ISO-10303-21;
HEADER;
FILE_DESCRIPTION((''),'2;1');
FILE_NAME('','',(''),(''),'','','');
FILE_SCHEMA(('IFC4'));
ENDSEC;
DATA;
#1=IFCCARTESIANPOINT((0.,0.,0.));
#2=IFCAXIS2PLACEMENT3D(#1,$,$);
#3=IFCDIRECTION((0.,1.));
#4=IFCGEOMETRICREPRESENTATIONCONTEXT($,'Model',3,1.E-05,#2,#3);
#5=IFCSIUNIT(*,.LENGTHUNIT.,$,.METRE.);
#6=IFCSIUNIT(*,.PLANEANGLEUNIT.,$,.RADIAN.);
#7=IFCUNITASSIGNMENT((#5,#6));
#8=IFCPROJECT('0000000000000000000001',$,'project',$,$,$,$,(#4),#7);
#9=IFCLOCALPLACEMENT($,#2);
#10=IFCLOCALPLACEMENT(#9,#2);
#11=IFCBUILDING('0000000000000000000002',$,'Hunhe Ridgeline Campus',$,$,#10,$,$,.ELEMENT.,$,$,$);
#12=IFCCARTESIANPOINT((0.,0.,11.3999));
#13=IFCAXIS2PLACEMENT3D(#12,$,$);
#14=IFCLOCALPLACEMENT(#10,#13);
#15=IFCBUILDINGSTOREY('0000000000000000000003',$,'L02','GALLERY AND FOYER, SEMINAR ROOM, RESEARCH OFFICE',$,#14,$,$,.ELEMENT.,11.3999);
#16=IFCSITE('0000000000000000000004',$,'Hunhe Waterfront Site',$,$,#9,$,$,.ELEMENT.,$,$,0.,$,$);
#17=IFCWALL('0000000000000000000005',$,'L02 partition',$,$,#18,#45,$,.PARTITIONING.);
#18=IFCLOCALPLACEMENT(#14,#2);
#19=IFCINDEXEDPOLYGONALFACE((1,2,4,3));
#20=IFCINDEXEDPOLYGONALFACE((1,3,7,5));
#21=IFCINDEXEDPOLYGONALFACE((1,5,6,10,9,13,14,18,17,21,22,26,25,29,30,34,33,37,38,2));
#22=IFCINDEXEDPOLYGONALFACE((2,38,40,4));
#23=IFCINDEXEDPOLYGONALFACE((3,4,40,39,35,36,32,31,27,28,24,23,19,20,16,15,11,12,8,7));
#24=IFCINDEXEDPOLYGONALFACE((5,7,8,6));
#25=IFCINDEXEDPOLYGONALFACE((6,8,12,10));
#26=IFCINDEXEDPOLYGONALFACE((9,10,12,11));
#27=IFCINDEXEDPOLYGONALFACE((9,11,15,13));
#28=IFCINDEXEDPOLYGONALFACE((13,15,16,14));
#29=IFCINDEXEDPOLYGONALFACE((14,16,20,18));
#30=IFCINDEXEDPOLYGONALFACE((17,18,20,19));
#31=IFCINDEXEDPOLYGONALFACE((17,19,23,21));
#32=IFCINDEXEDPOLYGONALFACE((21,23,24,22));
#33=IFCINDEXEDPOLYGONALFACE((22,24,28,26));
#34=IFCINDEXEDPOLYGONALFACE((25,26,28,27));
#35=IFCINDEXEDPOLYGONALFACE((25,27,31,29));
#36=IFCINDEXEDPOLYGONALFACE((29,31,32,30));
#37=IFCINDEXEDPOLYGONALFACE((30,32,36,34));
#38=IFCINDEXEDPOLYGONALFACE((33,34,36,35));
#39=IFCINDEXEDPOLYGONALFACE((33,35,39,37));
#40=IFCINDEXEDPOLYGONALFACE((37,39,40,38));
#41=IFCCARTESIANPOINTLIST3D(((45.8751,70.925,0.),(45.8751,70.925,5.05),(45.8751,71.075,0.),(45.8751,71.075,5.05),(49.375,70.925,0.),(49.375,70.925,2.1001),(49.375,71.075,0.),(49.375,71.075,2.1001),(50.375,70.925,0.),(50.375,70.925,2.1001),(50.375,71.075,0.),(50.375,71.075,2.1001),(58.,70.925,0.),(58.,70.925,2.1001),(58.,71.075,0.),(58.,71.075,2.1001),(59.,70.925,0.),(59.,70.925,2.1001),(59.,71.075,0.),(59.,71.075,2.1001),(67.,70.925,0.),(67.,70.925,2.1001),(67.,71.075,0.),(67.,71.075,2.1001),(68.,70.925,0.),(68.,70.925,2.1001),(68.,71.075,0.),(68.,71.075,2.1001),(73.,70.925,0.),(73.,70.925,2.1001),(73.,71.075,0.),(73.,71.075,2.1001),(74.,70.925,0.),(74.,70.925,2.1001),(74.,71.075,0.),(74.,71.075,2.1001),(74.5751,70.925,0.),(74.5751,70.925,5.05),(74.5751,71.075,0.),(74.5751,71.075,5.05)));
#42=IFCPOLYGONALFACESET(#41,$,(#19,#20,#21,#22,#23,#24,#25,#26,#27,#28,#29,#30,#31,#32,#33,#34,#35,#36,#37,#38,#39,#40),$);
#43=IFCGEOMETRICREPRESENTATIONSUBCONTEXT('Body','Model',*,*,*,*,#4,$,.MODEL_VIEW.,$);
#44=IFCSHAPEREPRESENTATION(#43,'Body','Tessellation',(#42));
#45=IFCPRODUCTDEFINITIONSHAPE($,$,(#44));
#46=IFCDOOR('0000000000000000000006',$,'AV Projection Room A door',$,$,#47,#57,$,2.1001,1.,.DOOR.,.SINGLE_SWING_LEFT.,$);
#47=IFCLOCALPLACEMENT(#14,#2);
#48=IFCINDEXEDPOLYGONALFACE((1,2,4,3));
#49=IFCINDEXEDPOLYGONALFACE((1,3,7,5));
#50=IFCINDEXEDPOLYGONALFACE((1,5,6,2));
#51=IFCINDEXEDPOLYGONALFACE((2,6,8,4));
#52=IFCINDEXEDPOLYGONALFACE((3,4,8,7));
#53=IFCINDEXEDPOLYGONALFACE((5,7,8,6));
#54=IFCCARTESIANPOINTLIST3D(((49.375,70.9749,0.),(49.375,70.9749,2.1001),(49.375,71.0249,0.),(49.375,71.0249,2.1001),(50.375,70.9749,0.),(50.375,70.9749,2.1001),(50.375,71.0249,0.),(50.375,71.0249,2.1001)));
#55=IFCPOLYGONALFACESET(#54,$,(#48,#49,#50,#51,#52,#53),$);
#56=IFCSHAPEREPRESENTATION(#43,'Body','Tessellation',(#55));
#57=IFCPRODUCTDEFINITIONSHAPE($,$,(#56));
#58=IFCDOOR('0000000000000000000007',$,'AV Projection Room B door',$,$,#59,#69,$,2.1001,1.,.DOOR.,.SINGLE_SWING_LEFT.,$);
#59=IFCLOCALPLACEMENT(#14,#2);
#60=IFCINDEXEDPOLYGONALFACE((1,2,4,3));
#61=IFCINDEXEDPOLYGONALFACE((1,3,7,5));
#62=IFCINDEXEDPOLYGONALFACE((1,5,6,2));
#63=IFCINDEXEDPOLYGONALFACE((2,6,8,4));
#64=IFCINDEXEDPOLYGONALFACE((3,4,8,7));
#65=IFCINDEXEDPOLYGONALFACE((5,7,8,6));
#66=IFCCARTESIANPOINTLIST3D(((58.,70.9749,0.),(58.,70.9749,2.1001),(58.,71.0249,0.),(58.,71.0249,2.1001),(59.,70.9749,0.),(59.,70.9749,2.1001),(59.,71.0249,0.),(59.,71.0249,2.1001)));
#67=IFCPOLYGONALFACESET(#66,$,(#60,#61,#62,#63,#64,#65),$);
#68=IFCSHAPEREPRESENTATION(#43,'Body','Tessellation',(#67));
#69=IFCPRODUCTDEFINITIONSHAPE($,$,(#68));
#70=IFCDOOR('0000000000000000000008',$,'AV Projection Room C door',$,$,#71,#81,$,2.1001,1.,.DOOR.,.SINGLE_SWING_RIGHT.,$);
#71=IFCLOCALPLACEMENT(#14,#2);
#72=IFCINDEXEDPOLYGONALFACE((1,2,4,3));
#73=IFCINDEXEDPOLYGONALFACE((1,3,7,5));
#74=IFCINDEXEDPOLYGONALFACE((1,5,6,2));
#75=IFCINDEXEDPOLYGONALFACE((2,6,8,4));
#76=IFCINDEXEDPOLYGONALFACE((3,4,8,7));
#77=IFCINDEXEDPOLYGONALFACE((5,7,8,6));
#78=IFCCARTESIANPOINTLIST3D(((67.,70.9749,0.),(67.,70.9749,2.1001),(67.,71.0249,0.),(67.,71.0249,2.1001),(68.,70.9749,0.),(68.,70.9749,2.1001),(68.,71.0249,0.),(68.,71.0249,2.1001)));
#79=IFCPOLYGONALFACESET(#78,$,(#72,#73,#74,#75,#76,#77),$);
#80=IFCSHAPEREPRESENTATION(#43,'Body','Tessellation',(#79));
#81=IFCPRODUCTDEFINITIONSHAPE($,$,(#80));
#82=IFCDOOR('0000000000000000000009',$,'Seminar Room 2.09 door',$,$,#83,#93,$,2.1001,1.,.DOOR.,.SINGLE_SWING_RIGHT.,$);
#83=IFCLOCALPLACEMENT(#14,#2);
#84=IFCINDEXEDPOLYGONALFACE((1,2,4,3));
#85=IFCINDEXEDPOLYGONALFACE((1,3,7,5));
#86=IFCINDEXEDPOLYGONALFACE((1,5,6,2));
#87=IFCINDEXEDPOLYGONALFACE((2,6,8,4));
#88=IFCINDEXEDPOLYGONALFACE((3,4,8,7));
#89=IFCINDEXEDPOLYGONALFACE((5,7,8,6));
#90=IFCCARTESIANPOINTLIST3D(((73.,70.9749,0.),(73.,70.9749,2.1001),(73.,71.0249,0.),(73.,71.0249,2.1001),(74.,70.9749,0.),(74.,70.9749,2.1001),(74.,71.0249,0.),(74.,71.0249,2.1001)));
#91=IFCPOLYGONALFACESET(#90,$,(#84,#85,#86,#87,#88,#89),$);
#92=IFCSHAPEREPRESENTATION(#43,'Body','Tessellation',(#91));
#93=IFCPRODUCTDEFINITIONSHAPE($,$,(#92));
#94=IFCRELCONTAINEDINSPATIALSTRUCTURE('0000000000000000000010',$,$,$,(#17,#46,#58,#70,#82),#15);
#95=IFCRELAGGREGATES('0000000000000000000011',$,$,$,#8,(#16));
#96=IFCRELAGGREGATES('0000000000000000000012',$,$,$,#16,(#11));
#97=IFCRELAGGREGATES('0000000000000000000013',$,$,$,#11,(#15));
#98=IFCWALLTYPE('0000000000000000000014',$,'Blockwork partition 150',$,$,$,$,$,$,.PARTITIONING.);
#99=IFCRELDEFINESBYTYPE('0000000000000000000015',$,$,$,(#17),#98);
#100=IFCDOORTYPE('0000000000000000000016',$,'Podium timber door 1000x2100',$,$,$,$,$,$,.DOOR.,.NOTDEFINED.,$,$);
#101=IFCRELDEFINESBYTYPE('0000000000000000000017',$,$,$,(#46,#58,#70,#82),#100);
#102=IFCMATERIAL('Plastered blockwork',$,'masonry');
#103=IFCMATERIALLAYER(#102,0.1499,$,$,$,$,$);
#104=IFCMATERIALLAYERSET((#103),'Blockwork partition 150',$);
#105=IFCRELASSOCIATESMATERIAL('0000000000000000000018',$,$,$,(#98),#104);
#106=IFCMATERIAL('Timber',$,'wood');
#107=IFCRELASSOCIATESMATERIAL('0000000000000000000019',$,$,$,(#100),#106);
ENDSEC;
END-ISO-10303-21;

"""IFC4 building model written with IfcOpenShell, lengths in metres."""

from ifc_helpers import new_model, si_unit, direction, frame, frame_2d, origin, place, context, subcontext, project, spatial, rectangle, extrude, material, layer, layer_set, type_object, element, fill, save


model = new_model("IFC4")

# Units and contexts
model_context = context("Model", 3, precision=1e-05, world=origin(), true_north=direction((0.0, 1.0)))
body_context = subcontext(model_context, "Body", "Model", "MODEL_VIEW")
ifc_project = project(units=[si_unit("LENGTHUNIT", "METRE"), si_unit("PLANEANGLEUNIT", "RADIAN")], contexts=[model_context])

# Site, building, storey
site_placement = place(None, origin())
site = spatial("IfcSite", under=ifc_project, at=site_placement, Name="Hunhe Waterfront Site", CompositionType="ELEMENT", RefElevation=0.0)
building_placement = place(site_placement, origin())
building = spatial("IfcBuilding", under=site, at=building_placement, Name="Hunhe Ridgeline Campus", CompositionType="ELEMENT")
storey_placement = place(building_placement, frame((0.0, 0.0, 11.3999)))
storey = spatial("IfcBuildingStorey", under=building, at=storey_placement, Name="L02", Description="GALLERY AND FOYER, SEMINAR ROOM, RESEARCH OFFICE", CompositionType="ELEMENT", Elevation=11.3999)

# Shared definitions
ifc_material_1 = material(Name="Plastered blockwork", Category="masonry")
ifc_layer = layer(ifc_material_1, 0.1499)
ifc_layer_set = layer_set([ifc_layer], Name="Blockwork partition 150")
wall_type = type_object("IfcWallType", Name="Blockwork partition 150", PredefinedType="PARTITIONING", material=ifc_layer_set)

# Shared definitions
ifc_material_2 = material(Name="Timber", Category="wood")
door_type = type_object("IfcDoorType", Name="Podium timber door 1000x2100", OperationType="NOTDEFINED", PredefinedType="DOOR", material=ifc_material_2)

# Wall, openings, doors
wall_1_placement = place(storey_placement, frame((45.875, 71.0, 0.0), z_axis=(0.0, 0.0, 1.0), x_axis=(1.0, 0.0, 0.0)))
wall_1 = element("IfcWall", 1, at=wall_1_placement, inside=storey, type_object=wall_type, Name="L02 partition", PredefinedType="PARTITIONING", context=body_context, shape_type="SweptSolid", body=[
    extrude(rectangle(XDim=28.7, YDim=0.1499, at=frame_2d((14.3501, 0.0))), origin(), (0.0, 0.0, 1.0), 5.05),
])
opening_1_placement = place(wall_1_placement, frame((3.5, 0.0, 0.0)))
opening_1 = element("IfcOpeningElement", 2, at=opening_1_placement, cuts=wall_1, PredefinedType="OPENING", context=body_context, shape_type="SweptSolid", body=[
    extrude(rectangle(XDim=1.0, YDim=2.1001, at=frame_2d((0.5, 1.05))), frame((0.0, 0.075, 0.0), z_axis=(0.0, -1.0, 0.0), x_axis=(1.0, 0.0, 0.0)), (0.0, 0.0, 1.0), 0.1499),
])
opening_2_placement = place(wall_1_placement, frame((12.125, 0.0, 0.0)))
opening_2 = element("IfcOpeningElement", 3, at=opening_2_placement, cuts=wall_1, PredefinedType="OPENING", context=body_context, shape_type="SweptSolid", body=[
    extrude(rectangle(XDim=1.0, YDim=2.1001, at=frame_2d((0.5, 1.05))), frame((0.0, 0.075, 0.0), z_axis=(0.0, -1.0, 0.0), x_axis=(1.0, 0.0, 0.0)), (0.0, 0.0, 1.0), 0.1499),
])
opening_3_placement = place(wall_1_placement, frame((21.125, 0.0, 0.0)))
opening_3 = element("IfcOpeningElement", 4, at=opening_3_placement, cuts=wall_1, PredefinedType="OPENING", context=body_context, shape_type="SweptSolid", body=[
    extrude(rectangle(XDim=1.0, YDim=2.1001, at=frame_2d((0.5, 1.05))), frame((0.0, 0.075, 0.0), z_axis=(0.0, -1.0, 0.0), x_axis=(1.0, 0.0, 0.0)), (0.0, 0.0, 1.0), 0.1499),
])
opening_4_placement = place(wall_1_placement, frame((27.125, 0.0, 0.0)))
opening_4 = element("IfcOpeningElement", 5, at=opening_4_placement, cuts=wall_1, PredefinedType="OPENING", context=body_context, shape_type="SweptSolid", body=[
    extrude(rectangle(XDim=1.0, YDim=2.1001, at=frame_2d((0.5, 1.05))), frame((0.0, 0.075, 0.0), z_axis=(0.0, -1.0, 0.0), x_axis=(1.0, 0.0, 0.0)), (0.0, 0.0, 1.0), 0.1499),
])
door_1_placement = place(opening_1_placement, origin())
door_1 = element("IfcDoor", 6, at=door_1_placement, inside=storey, type_object=door_type, Name="AV Projection Room A door", OperationType="SINGLE_SWING_LEFT", OverallHeight=2.1001, OverallWidth=1.0, PredefinedType="DOOR", context=body_context, shape_type="SweptSolid", body=[
    extrude(rectangle(XDim=1.0, YDim=2.1001, at=frame_2d((0.5, 1.05))), frame((0.0, 0.0249, 0.0), z_axis=(0.0, -1.0, 0.0), x_axis=(1.0, 0.0, 0.0)), (0.0, 0.0, 1.0), 0.05),
])
fill(opening_1, door_1)
door_2_placement = place(opening_2_placement, origin())
door_2 = element("IfcDoor", 7, at=door_2_placement, inside=storey, type_object=door_type, Name="AV Projection Room B door", OperationType="SINGLE_SWING_LEFT", OverallHeight=2.1001, OverallWidth=1.0, PredefinedType="DOOR", context=body_context, shape_type="SweptSolid", body=[
    extrude(rectangle(XDim=1.0, YDim=2.1001, at=frame_2d((0.5, 1.05))), frame((0.0, 0.0249, 0.0), z_axis=(0.0, -1.0, 0.0), x_axis=(1.0, 0.0, 0.0)), (0.0, 0.0, 1.0), 0.05),
])
fill(opening_2, door_2)
door_3_placement = place(opening_3_placement, origin())
door_3 = element("IfcDoor", 8, at=door_3_placement, inside=storey, type_object=door_type, Name="AV Projection Room C door", OperationType="SINGLE_SWING_RIGHT", OverallHeight=2.1001, OverallWidth=1.0, PredefinedType="DOOR", context=body_context, shape_type="SweptSolid", body=[
    extrude(rectangle(XDim=1.0, YDim=2.1001, at=frame_2d((0.5, 1.05))), frame((0.0, 0.0249, 0.0), z_axis=(0.0, -1.0, 0.0), x_axis=(1.0, 0.0, 0.0)), (0.0, 0.0, 1.0), 0.05),
])
fill(opening_3, door_3)
door_4_placement = place(opening_4_placement, origin())
door_4 = element("IfcDoor", 9, at=door_4_placement, inside=storey, type_object=door_type, Name="Seminar Room 2.09 door", OperationType="SINGLE_SWING_RIGHT", OverallHeight=2.1001, OverallWidth=1.0, PredefinedType="DOOR", context=body_context, shape_type="SweptSolid", body=[
    extrude(rectangle(XDim=1.0, YDim=2.1001, at=frame_2d((0.5, 1.05))), frame((0.0, 0.0249, 0.0), z_axis=(0.0, -1.0, 0.0), x_axis=(1.0, 0.0, 0.0)), (0.0, 0.0, 1.0), 0.05),
])
fill(opening_4, door_4)

save(model, "model.ifc")
